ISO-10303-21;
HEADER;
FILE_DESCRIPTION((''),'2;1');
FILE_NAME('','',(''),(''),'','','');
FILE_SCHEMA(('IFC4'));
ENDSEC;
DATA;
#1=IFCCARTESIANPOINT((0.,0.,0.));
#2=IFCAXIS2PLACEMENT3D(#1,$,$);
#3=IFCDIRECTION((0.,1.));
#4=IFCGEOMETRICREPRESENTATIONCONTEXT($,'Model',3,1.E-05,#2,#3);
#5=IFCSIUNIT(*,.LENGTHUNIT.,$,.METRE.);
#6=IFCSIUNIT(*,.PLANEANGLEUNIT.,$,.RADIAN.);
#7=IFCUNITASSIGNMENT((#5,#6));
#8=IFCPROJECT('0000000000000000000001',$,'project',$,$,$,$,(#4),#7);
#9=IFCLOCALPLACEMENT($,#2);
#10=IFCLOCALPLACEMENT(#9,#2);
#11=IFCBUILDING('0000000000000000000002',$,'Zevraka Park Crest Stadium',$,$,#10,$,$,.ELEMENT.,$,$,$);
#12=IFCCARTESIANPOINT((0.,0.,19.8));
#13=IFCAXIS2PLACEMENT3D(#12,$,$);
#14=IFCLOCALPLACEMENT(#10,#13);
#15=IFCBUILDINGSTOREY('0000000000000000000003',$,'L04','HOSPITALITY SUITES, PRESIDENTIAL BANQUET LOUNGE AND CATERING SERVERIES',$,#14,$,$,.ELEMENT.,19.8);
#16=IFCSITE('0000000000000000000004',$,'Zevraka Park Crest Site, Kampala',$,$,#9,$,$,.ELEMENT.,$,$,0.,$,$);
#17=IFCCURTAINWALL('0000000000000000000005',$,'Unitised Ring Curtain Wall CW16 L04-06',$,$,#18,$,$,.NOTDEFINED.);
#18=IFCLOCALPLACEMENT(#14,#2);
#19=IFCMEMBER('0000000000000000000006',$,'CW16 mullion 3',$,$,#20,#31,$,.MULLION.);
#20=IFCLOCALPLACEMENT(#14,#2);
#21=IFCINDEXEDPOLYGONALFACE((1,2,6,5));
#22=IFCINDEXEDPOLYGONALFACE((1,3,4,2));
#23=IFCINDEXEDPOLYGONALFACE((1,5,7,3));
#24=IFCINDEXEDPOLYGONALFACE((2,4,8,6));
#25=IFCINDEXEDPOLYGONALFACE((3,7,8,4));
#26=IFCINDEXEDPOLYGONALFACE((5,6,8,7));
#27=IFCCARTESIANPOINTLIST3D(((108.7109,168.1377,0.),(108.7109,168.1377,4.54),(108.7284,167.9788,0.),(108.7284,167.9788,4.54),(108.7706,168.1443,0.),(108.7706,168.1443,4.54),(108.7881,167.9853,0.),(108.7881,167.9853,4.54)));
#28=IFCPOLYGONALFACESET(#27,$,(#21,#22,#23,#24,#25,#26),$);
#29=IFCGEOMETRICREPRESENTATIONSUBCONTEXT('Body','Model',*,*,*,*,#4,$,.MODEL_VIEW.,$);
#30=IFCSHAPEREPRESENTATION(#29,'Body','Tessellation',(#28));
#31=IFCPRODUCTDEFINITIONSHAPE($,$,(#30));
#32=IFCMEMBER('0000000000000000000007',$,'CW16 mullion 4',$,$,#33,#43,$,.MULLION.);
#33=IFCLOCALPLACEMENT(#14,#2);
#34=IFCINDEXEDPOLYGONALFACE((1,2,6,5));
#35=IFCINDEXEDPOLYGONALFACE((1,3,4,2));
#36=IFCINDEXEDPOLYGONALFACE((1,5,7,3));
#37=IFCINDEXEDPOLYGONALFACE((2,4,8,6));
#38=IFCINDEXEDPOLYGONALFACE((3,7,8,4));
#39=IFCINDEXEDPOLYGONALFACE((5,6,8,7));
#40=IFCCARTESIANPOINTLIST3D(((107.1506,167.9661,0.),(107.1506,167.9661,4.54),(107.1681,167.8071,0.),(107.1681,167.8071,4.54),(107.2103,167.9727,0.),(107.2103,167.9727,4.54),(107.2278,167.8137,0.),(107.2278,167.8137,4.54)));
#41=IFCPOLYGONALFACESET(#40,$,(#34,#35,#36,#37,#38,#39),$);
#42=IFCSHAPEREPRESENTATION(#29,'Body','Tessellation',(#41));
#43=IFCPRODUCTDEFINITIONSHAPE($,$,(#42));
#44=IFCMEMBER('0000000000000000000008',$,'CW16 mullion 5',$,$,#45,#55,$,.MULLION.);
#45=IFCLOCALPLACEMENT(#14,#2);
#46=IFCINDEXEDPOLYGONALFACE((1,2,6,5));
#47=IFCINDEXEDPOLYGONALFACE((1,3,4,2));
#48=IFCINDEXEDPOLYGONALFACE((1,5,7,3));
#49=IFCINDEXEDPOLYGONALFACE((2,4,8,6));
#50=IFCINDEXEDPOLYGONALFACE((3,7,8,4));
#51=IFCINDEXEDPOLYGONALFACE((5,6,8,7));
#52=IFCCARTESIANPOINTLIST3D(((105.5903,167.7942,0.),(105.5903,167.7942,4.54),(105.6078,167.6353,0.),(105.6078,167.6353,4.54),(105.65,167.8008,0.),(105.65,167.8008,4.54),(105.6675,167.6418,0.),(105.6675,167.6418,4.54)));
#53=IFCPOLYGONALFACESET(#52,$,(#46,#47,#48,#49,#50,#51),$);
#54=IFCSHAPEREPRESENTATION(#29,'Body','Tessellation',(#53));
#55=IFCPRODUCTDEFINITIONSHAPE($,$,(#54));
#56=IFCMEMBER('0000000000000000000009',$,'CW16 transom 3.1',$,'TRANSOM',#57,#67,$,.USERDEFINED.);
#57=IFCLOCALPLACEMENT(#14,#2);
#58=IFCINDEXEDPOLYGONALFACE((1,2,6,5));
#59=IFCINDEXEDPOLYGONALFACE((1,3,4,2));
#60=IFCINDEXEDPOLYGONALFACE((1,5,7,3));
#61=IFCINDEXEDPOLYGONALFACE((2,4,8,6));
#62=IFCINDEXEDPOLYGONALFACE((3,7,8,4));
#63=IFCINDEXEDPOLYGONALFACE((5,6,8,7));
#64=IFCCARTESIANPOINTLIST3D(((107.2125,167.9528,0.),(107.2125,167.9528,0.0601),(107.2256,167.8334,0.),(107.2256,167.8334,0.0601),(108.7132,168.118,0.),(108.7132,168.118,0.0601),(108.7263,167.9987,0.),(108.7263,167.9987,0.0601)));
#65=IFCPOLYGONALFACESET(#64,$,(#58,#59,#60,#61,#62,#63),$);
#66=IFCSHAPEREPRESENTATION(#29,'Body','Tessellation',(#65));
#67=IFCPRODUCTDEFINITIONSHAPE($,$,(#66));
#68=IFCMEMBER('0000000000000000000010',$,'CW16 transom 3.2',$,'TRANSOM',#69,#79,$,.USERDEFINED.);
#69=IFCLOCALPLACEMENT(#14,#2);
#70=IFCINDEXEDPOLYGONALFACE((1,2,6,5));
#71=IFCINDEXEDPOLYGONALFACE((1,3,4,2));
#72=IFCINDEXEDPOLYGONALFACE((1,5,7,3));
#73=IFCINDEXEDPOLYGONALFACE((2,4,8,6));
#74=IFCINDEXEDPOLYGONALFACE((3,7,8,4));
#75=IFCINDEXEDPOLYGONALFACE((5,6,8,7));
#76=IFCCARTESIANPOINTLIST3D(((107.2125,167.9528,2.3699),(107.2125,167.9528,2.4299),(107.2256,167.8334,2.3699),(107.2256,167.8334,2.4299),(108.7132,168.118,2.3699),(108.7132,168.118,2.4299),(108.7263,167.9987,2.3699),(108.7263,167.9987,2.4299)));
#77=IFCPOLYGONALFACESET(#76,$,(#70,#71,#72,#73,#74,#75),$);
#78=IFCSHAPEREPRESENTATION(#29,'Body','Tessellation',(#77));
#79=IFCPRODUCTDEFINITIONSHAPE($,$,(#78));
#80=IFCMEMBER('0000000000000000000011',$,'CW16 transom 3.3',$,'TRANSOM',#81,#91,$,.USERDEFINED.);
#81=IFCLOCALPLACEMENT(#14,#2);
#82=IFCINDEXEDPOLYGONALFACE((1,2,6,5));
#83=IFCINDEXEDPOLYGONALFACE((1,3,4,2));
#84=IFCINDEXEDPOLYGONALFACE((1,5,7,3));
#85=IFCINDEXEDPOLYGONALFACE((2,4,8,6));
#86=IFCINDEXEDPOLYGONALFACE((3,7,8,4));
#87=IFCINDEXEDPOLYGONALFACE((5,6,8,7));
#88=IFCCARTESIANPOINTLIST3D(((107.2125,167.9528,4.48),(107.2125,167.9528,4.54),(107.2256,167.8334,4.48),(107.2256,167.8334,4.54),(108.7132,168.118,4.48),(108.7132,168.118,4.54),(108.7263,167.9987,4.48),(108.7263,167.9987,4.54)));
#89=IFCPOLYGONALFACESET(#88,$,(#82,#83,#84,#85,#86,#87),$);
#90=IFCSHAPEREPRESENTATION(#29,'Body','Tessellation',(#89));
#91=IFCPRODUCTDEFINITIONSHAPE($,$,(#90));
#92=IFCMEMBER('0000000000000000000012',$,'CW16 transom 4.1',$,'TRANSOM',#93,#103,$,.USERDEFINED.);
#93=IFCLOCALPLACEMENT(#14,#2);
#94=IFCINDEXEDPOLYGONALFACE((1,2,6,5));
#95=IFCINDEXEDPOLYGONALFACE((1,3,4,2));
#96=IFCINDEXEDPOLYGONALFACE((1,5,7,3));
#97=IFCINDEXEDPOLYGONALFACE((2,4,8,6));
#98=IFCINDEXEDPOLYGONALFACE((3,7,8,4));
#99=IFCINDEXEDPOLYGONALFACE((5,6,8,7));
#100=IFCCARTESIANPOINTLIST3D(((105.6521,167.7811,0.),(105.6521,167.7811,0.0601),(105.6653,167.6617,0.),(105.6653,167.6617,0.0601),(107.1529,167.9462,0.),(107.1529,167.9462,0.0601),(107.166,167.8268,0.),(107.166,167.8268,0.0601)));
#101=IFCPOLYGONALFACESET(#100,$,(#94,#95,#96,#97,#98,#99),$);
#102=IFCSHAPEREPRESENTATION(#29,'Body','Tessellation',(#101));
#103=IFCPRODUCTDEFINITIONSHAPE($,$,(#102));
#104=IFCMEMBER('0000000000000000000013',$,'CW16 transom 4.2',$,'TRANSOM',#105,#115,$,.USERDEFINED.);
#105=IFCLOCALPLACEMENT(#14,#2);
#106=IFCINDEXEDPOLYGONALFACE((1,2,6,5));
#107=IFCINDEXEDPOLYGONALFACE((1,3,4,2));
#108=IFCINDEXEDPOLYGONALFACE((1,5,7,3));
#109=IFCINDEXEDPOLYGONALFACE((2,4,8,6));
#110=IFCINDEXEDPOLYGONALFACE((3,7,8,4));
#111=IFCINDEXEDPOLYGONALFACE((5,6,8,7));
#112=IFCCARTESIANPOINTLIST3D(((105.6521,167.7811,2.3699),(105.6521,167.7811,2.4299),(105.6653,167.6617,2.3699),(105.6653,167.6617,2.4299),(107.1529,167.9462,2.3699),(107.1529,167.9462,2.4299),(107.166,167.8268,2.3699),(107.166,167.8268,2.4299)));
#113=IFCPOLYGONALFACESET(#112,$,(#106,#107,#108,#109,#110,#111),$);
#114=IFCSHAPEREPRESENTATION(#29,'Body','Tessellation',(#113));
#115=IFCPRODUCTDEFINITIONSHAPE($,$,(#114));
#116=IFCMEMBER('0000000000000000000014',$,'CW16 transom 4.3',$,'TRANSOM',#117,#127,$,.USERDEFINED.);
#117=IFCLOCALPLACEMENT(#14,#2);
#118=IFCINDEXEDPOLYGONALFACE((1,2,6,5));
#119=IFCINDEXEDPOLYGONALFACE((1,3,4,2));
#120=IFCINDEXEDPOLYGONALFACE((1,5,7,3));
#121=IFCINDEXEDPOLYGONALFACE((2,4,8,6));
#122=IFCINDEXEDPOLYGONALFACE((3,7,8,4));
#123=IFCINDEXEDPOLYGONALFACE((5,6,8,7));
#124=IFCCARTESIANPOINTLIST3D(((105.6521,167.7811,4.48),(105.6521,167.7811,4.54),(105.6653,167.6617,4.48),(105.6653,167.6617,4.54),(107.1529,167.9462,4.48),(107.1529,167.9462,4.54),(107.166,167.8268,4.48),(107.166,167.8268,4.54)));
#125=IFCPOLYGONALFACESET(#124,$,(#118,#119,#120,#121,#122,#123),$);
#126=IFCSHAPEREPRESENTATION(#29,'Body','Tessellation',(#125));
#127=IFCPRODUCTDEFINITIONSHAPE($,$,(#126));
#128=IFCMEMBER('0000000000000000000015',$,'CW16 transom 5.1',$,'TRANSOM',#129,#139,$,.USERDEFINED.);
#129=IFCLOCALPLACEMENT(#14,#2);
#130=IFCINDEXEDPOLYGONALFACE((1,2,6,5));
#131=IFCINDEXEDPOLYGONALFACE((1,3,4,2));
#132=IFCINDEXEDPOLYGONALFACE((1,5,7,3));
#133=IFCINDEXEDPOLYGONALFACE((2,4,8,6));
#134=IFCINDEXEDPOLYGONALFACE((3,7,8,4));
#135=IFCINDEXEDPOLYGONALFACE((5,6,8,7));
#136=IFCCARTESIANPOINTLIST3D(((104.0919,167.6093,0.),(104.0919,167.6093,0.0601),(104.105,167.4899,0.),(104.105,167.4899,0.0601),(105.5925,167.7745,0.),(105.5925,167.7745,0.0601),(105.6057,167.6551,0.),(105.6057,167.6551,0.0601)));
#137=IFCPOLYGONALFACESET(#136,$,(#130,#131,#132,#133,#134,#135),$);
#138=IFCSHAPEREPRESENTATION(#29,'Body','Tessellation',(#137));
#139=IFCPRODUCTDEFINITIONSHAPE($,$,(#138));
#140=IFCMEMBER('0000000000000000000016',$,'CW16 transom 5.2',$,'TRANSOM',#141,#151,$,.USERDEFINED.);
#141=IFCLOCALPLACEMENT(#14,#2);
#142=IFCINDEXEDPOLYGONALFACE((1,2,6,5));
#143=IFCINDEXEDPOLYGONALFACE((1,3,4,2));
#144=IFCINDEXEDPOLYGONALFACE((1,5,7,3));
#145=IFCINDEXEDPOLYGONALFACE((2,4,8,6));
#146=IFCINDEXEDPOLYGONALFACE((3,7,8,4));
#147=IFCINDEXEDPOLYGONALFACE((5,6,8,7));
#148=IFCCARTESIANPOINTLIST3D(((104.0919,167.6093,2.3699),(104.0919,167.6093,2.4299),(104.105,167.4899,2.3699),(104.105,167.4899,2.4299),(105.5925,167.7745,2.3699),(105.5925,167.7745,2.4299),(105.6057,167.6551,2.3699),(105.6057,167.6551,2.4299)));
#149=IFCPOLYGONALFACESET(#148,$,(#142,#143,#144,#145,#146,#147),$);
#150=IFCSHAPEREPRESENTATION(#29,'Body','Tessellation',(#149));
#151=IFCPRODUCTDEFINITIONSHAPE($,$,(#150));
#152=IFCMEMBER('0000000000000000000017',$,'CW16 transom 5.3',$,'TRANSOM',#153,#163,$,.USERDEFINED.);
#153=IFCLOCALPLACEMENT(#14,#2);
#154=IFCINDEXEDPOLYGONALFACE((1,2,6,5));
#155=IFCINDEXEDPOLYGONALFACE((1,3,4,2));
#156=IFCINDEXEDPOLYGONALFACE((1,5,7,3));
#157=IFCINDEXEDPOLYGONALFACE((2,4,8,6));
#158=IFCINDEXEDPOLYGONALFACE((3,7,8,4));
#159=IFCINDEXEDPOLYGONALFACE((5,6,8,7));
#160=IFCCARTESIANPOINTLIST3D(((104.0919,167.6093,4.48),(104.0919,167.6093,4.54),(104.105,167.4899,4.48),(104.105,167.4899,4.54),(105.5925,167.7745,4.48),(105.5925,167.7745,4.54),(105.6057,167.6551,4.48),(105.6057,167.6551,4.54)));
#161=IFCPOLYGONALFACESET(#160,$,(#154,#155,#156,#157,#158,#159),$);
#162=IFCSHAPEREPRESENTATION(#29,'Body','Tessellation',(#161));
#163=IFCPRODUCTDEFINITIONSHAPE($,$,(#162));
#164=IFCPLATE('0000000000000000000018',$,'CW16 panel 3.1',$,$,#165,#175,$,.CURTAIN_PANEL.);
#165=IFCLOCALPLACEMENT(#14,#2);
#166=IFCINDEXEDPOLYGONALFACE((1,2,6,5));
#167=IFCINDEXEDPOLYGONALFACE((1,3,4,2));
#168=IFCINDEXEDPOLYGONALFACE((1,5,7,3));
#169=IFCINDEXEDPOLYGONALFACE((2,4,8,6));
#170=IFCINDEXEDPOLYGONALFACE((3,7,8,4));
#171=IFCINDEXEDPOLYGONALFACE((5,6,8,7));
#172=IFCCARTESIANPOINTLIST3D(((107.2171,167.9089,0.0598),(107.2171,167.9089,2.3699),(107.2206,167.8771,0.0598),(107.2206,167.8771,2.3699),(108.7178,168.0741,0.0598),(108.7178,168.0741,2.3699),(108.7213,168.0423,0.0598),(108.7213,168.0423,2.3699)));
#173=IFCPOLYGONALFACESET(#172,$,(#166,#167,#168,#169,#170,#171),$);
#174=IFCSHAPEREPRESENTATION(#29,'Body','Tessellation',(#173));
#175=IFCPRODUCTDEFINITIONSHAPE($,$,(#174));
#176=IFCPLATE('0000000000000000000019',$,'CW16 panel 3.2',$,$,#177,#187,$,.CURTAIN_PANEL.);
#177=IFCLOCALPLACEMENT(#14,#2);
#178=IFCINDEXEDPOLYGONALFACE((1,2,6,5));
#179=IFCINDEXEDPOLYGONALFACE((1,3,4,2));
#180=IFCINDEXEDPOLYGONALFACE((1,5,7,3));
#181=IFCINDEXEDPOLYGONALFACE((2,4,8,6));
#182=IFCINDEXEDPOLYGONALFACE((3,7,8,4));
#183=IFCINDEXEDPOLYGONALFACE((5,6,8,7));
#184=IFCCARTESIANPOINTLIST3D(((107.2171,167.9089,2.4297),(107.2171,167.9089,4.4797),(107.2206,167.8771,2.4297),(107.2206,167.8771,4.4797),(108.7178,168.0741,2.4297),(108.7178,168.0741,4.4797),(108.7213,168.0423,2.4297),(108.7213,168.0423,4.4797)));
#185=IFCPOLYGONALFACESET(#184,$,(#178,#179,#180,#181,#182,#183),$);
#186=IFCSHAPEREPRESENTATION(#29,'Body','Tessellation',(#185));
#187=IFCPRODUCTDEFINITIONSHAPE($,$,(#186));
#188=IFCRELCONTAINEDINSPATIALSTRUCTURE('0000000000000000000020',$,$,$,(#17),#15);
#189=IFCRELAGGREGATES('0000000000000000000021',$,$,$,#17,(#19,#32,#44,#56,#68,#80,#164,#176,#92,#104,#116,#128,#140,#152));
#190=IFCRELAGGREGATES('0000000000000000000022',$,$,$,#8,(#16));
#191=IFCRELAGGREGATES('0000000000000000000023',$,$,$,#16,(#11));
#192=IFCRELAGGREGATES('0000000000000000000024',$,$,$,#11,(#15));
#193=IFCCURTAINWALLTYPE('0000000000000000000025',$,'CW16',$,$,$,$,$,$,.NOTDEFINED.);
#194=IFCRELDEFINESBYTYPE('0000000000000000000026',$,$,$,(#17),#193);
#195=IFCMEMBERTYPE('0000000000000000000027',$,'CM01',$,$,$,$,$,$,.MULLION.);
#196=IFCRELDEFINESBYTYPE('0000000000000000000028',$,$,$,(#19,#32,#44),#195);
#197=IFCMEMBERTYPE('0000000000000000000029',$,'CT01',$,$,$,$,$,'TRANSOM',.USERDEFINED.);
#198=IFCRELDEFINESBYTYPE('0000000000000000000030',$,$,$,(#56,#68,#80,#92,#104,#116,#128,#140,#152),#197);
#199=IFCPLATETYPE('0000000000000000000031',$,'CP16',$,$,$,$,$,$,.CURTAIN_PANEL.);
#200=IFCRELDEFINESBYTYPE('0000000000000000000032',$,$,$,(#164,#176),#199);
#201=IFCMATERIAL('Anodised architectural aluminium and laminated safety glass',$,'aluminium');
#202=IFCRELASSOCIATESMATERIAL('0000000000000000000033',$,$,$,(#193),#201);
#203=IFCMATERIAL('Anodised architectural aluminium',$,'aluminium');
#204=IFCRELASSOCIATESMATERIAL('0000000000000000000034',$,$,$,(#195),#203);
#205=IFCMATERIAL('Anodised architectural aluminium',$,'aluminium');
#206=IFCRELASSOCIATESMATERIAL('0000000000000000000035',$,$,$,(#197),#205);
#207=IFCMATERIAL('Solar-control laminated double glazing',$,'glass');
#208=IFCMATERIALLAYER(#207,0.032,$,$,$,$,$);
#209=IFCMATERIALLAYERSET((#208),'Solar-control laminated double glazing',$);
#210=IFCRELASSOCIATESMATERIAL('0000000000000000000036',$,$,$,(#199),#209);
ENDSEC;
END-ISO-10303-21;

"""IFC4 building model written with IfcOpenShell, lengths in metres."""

from ifc_helpers import new_model, si_unit, direction, frame, origin, origin_2d, place, context, subcontext, project, spatial, rectangle, extrude, material, layer, layer_set, material_profile, profile_set, type_object, element, aggregate, save


model = new_model("IFC4")

# Units and contexts
model_context = context("Model", 3, precision=1e-05, world=origin(), true_north=direction((0.0, 1.0)))
body_context = subcontext(model_context, "Body", "Model", "MODEL_VIEW")
ifc_project = project(units=[si_unit("LENGTHUNIT", "METRE"), si_unit("PLANEANGLEUNIT", "RADIAN")], contexts=[model_context])

# Site, building, storey
site_placement = place(None, origin())
site = spatial("IfcSite", under=ifc_project, at=site_placement, Name="Zevraka Park Crest Site, Kampala", CompositionType="ELEMENT", RefElevation=0.0)
building_placement = place(site_placement, origin())
building = spatial("IfcBuilding", under=site, at=building_placement, Name="Zevraka Park Crest Stadium", CompositionType="ELEMENT")
storey_placement = place(building_placement, frame((0.0, 0.0, 19.8)))
storey = spatial("IfcBuildingStorey", under=building, at=storey_placement, Name="L04", Description="HOSPITALITY SUITES, PRESIDENTIAL BANQUET LOUNGE AND CATERING SERVERIES", CompositionType="ELEMENT", Elevation=19.8)

# Curtain wall, members, plates
ifc_material_1 = material(Name="Anodised architectural aluminium and laminated safety glass", Category="aluminium")
curtain_wall_type = type_object("IfcCurtainWallType", Name="CW16", PredefinedType="NOTDEFINED", material=ifc_material_1)
curtain_wall_placement = place(storey_placement, origin())
curtain_wall = element("IfcCurtainWall", 1, at=curtain_wall_placement, inside=storey, type_object=curtain_wall_type, Name="Unitised Ring Curtain Wall CW16 L04-06", PredefinedType="NOTDEFINED")
ifc_material_2 = material(Name="Anodised architectural aluminium", Category="aluminium")
ifc_material_profile_1 = material_profile(ifc_material_2, rectangle(XDim=0.1599, YDim=0.0601, at=origin_2d()), Name="ALU MULLION 160x60")
ifc_profile_set_1 = profile_set([ifc_material_profile_1], Name="Anodised architectural aluminium")
member_type_1 = type_object("IfcMemberType", Name="CM01", PredefinedType="MULLION", material=ifc_profile_set_1)
member_1_placement = place(storey_placement, frame((108.7495, 168.0615, 0.0), z_axis=(0.0, 0.0, 1.0), x_axis=(0.109406, -0.993997, 0.0)))
member_1 = element("IfcMember", 2, at=member_1_placement, type_object=member_type_1, Name="CW16 mullion 3", PredefinedType="MULLION", context=body_context, shape_type="SweptSolid", body=[
    extrude(rectangle(XDim=0.1599, YDim=0.0601, at=origin_2d()), origin(), (0.0, 0.0, 1.0), 4.54),
])
member_2_placement = place(storey_placement, frame((107.1892, 167.8899, 0.0), z_axis=(0.0, 0.0, 1.0), x_axis=(0.109406, -0.993997, 0.0)))
member_2 = element("IfcMember", 3, at=member_2_placement, type_object=member_type_1, Name="CW16 mullion 4", PredefinedType="MULLION", context=body_context, shape_type="SweptSolid", body=[
    extrude(rectangle(XDim=0.1599, YDim=0.0601, at=origin_2d()), origin(), (0.0, 0.0, 1.0), 4.54),
])
member_3_placement = place(storey_placement, frame((105.6289, 167.718, 0.0), z_axis=(0.0, 0.0, 1.0), x_axis=(0.109406, -0.993997, 0.0)))
member_3 = element("IfcMember", 4, at=member_3_placement, type_object=member_type_1, Name="CW16 mullion 5", PredefinedType="MULLION", context=body_context, shape_type="SweptSolid", body=[
    extrude(rectangle(XDim=0.1599, YDim=0.0601, at=origin_2d()), origin(), (0.0, 0.0, 1.0), 4.54),
])
ifc_material_3 = material(Name="Anodised architectural aluminium", Category="aluminium")
ifc_material_profile_2 = material_profile(ifc_material_3, rectangle(XDim=0.1201, YDim=0.0601, at=origin_2d()), Name="ALU TRANSOM 120x60")
ifc_profile_set_2 = profile_set([ifc_material_profile_2], Name="Anodised architectural aluminium")
member_type_2 = type_object("IfcMemberType", Name="CT01", ElementType="TRANSOM", PredefinedType="USERDEFINED", material=ifc_profile_set_2)
member_4_placement = place(storey_placement, frame((108.7197, 168.0583, 0.03), z_axis=(-0.99399, -0.109473, 0.0), x_axis=(0.109473, -0.99399, 0.0)))
member_4 = element("IfcMember", 5, at=member_4_placement, type_object=member_type_2, Name="CW16 transom 3.1", ObjectType="TRANSOM", PredefinedType="USERDEFINED", context=body_context, shape_type="SweptSolid", body=[
    extrude(rectangle(XDim=0.1201, YDim=0.0601, at=origin_2d()), origin(), (0.0, 0.0, 1.0), 1.5098),
])
member_5_placement = place(storey_placement, frame((108.7197, 168.0583, 2.3999), z_axis=(-0.99399, -0.109473, 0.0), x_axis=(0.109473, -0.99399, 0.0)))
member_5 = element("IfcMember", 6, at=member_5_placement, type_object=member_type_2, Name="CW16 transom 3.2", ObjectType="TRANSOM", PredefinedType="USERDEFINED", context=body_context, shape_type="SweptSolid", body=[
    extrude(rectangle(XDim=0.1201, YDim=0.0601, at=origin_2d()), origin(), (0.0, 0.0, 1.0), 1.5098),
])
member_6_placement = place(storey_placement, frame((108.7197, 168.0583, 4.51), z_axis=(-0.99399, -0.109473, 0.0), x_axis=(0.109473, -0.99399, 0.0)))
member_6 = element("IfcMember", 7, at=member_6_placement, type_object=member_type_2, Name="CW16 transom 3.3", ObjectType="TRANSOM", PredefinedType="USERDEFINED", context=body_context, shape_type="SweptSolid", body=[
    extrude(rectangle(XDim=0.1201, YDim=0.0601, at=origin_2d()), origin(), (0.0, 0.0, 1.0), 1.5098),
])
member_7_placement = place(storey_placement, frame((107.1594, 167.8865, 0.03), z_axis=(-0.994007, -0.109313, 0.0), x_axis=(0.109313, -0.994007, 0.0)))
member_7 = element("IfcMember", 8, at=member_7_placement, type_object=member_type_2, Name="CW16 transom 4.1", ObjectType="TRANSOM", PredefinedType="USERDEFINED", context=body_context, shape_type="SweptSolid", body=[
    extrude(rectangle(XDim=0.1201, YDim=0.0601, at=origin_2d()), origin(), (0.0, 0.0, 1.0), 1.5098),
])
member_8_placement = place(storey_placement, frame((107.1594, 167.8865, 2.3999), z_axis=(-0.994007, -0.109313, 0.0), x_axis=(0.109313, -0.994007, 0.0)))
member_8 = element("IfcMember", 9, at=member_8_placement, type_object=member_type_2, Name="CW16 transom 4.2", ObjectType="TRANSOM", PredefinedType="USERDEFINED", context=body_context, shape_type="SweptSolid", body=[
    extrude(rectangle(XDim=0.1201, YDim=0.0601, at=origin_2d()), origin(), (0.0, 0.0, 1.0), 1.5098),
])
member_9_placement = place(storey_placement, frame((107.1594, 167.8865, 4.51), z_axis=(-0.994007, -0.109313, 0.0), x_axis=(0.109313, -0.994007, 0.0)))
member_9 = element("IfcMember", 10, at=member_9_placement, type_object=member_type_2, Name="CW16 transom 4.3", ObjectType="TRANSOM", PredefinedType="USERDEFINED", context=body_context, shape_type="SweptSolid", body=[
    extrude(rectangle(XDim=0.1201, YDim=0.0601, at=origin_2d()), origin(), (0.0, 0.0, 1.0), 1.5098),
])
member_10_placement = place(storey_placement, frame((105.5991, 167.7148, 0.03), z_axis=(-0.99399, -0.109473, 0.0), x_axis=(0.109473, -0.99399, 0.0)))
member_10 = element("IfcMember", 11, at=member_10_placement, type_object=member_type_2, Name="CW16 transom 5.1", ObjectType="TRANSOM", PredefinedType="USERDEFINED", context=body_context, shape_type="SweptSolid", body=[
    extrude(rectangle(XDim=0.1201, YDim=0.0601, at=origin_2d()), origin(), (0.0, 0.0, 1.0), 1.5098),
])
member_11_placement = place(storey_placement, frame((105.5991, 167.7148, 2.3999), z_axis=(-0.99399, -0.109473, 0.0), x_axis=(0.109473, -0.99399, 0.0)))
member_11 = element("IfcMember", 12, at=member_11_placement, type_object=member_type_2, Name="CW16 transom 5.2", ObjectType="TRANSOM", PredefinedType="USERDEFINED", context=body_context, shape_type="SweptSolid", body=[
    extrude(rectangle(XDim=0.1201, YDim=0.0601, at=origin_2d()), origin(), (0.0, 0.0, 1.0), 1.5098),
])
member_12_placement = place(storey_placement, frame((105.5991, 167.7148, 4.51), z_axis=(-0.99399, -0.109473, 0.0), x_axis=(0.109473, -0.99399, 0.0)))
member_12 = element("IfcMember", 13, at=member_12_placement, type_object=member_type_2, Name="CW16 transom 5.3", ObjectType="TRANSOM", PredefinedType="USERDEFINED", context=body_context, shape_type="SweptSolid", body=[
    extrude(rectangle(XDim=0.1201, YDim=0.0601, at=origin_2d()), origin(), (0.0, 0.0, 1.0), 1.5098),
])
ifc_material_4 = material(Name="Solar-control laminated double glazing", Category="glass")
ifc_layer_1 = layer(ifc_material_4, 0.032)
ifc_layer_set_1 = layer_set([ifc_layer_1], Name="Solar-control laminated double glazing")
plate_type = type_object("IfcPlateType", Name="CP16", PredefinedType="CURTAIN_PANEL", material=ifc_layer_set_1)
plate_1_placement = place(storey_placement, frame((107.9692, 167.9756, 0.0598), z_axis=(0.0, 0.0, 1.0), x_axis=(-0.993997, -0.109406, 0.0)))
plate_1 = element("IfcPlate", 14, at=plate_1_placement, type_object=plate_type, Name="CW16 panel 3.1", PredefinedType="CURTAIN_PANEL", context=body_context, shape_type="SweptSolid", body=[
    extrude(rectangle(XDim=1.5098, YDim=0.032, at=origin_2d()), origin(), (0.0, 0.0, 1.0), 2.3101),
])
plate_2_placement = place(storey_placement, frame((107.9692, 167.9756, 2.4297), z_axis=(0.0, 0.0, 1.0), x_axis=(-0.993997, -0.109406, 0.0)))
plate_2 = element("IfcPlate", 15, at=plate_2_placement, type_object=plate_type, Name="CW16 panel 3.2", PredefinedType="CURTAIN_PANEL", context=body_context, shape_type="SweptSolid", body=[
    extrude(rectangle(XDim=1.5098, YDim=0.032, at=origin_2d()), origin(), (0.0, 0.0, 1.0), 2.05),
])
aggregate(curtain_wall, [member_1, member_2, member_3, member_4, member_5, member_6, plate_1, plate_2, member_7, member_8, member_9, member_10, member_11, member_12])

save(model, "model.ifc")
